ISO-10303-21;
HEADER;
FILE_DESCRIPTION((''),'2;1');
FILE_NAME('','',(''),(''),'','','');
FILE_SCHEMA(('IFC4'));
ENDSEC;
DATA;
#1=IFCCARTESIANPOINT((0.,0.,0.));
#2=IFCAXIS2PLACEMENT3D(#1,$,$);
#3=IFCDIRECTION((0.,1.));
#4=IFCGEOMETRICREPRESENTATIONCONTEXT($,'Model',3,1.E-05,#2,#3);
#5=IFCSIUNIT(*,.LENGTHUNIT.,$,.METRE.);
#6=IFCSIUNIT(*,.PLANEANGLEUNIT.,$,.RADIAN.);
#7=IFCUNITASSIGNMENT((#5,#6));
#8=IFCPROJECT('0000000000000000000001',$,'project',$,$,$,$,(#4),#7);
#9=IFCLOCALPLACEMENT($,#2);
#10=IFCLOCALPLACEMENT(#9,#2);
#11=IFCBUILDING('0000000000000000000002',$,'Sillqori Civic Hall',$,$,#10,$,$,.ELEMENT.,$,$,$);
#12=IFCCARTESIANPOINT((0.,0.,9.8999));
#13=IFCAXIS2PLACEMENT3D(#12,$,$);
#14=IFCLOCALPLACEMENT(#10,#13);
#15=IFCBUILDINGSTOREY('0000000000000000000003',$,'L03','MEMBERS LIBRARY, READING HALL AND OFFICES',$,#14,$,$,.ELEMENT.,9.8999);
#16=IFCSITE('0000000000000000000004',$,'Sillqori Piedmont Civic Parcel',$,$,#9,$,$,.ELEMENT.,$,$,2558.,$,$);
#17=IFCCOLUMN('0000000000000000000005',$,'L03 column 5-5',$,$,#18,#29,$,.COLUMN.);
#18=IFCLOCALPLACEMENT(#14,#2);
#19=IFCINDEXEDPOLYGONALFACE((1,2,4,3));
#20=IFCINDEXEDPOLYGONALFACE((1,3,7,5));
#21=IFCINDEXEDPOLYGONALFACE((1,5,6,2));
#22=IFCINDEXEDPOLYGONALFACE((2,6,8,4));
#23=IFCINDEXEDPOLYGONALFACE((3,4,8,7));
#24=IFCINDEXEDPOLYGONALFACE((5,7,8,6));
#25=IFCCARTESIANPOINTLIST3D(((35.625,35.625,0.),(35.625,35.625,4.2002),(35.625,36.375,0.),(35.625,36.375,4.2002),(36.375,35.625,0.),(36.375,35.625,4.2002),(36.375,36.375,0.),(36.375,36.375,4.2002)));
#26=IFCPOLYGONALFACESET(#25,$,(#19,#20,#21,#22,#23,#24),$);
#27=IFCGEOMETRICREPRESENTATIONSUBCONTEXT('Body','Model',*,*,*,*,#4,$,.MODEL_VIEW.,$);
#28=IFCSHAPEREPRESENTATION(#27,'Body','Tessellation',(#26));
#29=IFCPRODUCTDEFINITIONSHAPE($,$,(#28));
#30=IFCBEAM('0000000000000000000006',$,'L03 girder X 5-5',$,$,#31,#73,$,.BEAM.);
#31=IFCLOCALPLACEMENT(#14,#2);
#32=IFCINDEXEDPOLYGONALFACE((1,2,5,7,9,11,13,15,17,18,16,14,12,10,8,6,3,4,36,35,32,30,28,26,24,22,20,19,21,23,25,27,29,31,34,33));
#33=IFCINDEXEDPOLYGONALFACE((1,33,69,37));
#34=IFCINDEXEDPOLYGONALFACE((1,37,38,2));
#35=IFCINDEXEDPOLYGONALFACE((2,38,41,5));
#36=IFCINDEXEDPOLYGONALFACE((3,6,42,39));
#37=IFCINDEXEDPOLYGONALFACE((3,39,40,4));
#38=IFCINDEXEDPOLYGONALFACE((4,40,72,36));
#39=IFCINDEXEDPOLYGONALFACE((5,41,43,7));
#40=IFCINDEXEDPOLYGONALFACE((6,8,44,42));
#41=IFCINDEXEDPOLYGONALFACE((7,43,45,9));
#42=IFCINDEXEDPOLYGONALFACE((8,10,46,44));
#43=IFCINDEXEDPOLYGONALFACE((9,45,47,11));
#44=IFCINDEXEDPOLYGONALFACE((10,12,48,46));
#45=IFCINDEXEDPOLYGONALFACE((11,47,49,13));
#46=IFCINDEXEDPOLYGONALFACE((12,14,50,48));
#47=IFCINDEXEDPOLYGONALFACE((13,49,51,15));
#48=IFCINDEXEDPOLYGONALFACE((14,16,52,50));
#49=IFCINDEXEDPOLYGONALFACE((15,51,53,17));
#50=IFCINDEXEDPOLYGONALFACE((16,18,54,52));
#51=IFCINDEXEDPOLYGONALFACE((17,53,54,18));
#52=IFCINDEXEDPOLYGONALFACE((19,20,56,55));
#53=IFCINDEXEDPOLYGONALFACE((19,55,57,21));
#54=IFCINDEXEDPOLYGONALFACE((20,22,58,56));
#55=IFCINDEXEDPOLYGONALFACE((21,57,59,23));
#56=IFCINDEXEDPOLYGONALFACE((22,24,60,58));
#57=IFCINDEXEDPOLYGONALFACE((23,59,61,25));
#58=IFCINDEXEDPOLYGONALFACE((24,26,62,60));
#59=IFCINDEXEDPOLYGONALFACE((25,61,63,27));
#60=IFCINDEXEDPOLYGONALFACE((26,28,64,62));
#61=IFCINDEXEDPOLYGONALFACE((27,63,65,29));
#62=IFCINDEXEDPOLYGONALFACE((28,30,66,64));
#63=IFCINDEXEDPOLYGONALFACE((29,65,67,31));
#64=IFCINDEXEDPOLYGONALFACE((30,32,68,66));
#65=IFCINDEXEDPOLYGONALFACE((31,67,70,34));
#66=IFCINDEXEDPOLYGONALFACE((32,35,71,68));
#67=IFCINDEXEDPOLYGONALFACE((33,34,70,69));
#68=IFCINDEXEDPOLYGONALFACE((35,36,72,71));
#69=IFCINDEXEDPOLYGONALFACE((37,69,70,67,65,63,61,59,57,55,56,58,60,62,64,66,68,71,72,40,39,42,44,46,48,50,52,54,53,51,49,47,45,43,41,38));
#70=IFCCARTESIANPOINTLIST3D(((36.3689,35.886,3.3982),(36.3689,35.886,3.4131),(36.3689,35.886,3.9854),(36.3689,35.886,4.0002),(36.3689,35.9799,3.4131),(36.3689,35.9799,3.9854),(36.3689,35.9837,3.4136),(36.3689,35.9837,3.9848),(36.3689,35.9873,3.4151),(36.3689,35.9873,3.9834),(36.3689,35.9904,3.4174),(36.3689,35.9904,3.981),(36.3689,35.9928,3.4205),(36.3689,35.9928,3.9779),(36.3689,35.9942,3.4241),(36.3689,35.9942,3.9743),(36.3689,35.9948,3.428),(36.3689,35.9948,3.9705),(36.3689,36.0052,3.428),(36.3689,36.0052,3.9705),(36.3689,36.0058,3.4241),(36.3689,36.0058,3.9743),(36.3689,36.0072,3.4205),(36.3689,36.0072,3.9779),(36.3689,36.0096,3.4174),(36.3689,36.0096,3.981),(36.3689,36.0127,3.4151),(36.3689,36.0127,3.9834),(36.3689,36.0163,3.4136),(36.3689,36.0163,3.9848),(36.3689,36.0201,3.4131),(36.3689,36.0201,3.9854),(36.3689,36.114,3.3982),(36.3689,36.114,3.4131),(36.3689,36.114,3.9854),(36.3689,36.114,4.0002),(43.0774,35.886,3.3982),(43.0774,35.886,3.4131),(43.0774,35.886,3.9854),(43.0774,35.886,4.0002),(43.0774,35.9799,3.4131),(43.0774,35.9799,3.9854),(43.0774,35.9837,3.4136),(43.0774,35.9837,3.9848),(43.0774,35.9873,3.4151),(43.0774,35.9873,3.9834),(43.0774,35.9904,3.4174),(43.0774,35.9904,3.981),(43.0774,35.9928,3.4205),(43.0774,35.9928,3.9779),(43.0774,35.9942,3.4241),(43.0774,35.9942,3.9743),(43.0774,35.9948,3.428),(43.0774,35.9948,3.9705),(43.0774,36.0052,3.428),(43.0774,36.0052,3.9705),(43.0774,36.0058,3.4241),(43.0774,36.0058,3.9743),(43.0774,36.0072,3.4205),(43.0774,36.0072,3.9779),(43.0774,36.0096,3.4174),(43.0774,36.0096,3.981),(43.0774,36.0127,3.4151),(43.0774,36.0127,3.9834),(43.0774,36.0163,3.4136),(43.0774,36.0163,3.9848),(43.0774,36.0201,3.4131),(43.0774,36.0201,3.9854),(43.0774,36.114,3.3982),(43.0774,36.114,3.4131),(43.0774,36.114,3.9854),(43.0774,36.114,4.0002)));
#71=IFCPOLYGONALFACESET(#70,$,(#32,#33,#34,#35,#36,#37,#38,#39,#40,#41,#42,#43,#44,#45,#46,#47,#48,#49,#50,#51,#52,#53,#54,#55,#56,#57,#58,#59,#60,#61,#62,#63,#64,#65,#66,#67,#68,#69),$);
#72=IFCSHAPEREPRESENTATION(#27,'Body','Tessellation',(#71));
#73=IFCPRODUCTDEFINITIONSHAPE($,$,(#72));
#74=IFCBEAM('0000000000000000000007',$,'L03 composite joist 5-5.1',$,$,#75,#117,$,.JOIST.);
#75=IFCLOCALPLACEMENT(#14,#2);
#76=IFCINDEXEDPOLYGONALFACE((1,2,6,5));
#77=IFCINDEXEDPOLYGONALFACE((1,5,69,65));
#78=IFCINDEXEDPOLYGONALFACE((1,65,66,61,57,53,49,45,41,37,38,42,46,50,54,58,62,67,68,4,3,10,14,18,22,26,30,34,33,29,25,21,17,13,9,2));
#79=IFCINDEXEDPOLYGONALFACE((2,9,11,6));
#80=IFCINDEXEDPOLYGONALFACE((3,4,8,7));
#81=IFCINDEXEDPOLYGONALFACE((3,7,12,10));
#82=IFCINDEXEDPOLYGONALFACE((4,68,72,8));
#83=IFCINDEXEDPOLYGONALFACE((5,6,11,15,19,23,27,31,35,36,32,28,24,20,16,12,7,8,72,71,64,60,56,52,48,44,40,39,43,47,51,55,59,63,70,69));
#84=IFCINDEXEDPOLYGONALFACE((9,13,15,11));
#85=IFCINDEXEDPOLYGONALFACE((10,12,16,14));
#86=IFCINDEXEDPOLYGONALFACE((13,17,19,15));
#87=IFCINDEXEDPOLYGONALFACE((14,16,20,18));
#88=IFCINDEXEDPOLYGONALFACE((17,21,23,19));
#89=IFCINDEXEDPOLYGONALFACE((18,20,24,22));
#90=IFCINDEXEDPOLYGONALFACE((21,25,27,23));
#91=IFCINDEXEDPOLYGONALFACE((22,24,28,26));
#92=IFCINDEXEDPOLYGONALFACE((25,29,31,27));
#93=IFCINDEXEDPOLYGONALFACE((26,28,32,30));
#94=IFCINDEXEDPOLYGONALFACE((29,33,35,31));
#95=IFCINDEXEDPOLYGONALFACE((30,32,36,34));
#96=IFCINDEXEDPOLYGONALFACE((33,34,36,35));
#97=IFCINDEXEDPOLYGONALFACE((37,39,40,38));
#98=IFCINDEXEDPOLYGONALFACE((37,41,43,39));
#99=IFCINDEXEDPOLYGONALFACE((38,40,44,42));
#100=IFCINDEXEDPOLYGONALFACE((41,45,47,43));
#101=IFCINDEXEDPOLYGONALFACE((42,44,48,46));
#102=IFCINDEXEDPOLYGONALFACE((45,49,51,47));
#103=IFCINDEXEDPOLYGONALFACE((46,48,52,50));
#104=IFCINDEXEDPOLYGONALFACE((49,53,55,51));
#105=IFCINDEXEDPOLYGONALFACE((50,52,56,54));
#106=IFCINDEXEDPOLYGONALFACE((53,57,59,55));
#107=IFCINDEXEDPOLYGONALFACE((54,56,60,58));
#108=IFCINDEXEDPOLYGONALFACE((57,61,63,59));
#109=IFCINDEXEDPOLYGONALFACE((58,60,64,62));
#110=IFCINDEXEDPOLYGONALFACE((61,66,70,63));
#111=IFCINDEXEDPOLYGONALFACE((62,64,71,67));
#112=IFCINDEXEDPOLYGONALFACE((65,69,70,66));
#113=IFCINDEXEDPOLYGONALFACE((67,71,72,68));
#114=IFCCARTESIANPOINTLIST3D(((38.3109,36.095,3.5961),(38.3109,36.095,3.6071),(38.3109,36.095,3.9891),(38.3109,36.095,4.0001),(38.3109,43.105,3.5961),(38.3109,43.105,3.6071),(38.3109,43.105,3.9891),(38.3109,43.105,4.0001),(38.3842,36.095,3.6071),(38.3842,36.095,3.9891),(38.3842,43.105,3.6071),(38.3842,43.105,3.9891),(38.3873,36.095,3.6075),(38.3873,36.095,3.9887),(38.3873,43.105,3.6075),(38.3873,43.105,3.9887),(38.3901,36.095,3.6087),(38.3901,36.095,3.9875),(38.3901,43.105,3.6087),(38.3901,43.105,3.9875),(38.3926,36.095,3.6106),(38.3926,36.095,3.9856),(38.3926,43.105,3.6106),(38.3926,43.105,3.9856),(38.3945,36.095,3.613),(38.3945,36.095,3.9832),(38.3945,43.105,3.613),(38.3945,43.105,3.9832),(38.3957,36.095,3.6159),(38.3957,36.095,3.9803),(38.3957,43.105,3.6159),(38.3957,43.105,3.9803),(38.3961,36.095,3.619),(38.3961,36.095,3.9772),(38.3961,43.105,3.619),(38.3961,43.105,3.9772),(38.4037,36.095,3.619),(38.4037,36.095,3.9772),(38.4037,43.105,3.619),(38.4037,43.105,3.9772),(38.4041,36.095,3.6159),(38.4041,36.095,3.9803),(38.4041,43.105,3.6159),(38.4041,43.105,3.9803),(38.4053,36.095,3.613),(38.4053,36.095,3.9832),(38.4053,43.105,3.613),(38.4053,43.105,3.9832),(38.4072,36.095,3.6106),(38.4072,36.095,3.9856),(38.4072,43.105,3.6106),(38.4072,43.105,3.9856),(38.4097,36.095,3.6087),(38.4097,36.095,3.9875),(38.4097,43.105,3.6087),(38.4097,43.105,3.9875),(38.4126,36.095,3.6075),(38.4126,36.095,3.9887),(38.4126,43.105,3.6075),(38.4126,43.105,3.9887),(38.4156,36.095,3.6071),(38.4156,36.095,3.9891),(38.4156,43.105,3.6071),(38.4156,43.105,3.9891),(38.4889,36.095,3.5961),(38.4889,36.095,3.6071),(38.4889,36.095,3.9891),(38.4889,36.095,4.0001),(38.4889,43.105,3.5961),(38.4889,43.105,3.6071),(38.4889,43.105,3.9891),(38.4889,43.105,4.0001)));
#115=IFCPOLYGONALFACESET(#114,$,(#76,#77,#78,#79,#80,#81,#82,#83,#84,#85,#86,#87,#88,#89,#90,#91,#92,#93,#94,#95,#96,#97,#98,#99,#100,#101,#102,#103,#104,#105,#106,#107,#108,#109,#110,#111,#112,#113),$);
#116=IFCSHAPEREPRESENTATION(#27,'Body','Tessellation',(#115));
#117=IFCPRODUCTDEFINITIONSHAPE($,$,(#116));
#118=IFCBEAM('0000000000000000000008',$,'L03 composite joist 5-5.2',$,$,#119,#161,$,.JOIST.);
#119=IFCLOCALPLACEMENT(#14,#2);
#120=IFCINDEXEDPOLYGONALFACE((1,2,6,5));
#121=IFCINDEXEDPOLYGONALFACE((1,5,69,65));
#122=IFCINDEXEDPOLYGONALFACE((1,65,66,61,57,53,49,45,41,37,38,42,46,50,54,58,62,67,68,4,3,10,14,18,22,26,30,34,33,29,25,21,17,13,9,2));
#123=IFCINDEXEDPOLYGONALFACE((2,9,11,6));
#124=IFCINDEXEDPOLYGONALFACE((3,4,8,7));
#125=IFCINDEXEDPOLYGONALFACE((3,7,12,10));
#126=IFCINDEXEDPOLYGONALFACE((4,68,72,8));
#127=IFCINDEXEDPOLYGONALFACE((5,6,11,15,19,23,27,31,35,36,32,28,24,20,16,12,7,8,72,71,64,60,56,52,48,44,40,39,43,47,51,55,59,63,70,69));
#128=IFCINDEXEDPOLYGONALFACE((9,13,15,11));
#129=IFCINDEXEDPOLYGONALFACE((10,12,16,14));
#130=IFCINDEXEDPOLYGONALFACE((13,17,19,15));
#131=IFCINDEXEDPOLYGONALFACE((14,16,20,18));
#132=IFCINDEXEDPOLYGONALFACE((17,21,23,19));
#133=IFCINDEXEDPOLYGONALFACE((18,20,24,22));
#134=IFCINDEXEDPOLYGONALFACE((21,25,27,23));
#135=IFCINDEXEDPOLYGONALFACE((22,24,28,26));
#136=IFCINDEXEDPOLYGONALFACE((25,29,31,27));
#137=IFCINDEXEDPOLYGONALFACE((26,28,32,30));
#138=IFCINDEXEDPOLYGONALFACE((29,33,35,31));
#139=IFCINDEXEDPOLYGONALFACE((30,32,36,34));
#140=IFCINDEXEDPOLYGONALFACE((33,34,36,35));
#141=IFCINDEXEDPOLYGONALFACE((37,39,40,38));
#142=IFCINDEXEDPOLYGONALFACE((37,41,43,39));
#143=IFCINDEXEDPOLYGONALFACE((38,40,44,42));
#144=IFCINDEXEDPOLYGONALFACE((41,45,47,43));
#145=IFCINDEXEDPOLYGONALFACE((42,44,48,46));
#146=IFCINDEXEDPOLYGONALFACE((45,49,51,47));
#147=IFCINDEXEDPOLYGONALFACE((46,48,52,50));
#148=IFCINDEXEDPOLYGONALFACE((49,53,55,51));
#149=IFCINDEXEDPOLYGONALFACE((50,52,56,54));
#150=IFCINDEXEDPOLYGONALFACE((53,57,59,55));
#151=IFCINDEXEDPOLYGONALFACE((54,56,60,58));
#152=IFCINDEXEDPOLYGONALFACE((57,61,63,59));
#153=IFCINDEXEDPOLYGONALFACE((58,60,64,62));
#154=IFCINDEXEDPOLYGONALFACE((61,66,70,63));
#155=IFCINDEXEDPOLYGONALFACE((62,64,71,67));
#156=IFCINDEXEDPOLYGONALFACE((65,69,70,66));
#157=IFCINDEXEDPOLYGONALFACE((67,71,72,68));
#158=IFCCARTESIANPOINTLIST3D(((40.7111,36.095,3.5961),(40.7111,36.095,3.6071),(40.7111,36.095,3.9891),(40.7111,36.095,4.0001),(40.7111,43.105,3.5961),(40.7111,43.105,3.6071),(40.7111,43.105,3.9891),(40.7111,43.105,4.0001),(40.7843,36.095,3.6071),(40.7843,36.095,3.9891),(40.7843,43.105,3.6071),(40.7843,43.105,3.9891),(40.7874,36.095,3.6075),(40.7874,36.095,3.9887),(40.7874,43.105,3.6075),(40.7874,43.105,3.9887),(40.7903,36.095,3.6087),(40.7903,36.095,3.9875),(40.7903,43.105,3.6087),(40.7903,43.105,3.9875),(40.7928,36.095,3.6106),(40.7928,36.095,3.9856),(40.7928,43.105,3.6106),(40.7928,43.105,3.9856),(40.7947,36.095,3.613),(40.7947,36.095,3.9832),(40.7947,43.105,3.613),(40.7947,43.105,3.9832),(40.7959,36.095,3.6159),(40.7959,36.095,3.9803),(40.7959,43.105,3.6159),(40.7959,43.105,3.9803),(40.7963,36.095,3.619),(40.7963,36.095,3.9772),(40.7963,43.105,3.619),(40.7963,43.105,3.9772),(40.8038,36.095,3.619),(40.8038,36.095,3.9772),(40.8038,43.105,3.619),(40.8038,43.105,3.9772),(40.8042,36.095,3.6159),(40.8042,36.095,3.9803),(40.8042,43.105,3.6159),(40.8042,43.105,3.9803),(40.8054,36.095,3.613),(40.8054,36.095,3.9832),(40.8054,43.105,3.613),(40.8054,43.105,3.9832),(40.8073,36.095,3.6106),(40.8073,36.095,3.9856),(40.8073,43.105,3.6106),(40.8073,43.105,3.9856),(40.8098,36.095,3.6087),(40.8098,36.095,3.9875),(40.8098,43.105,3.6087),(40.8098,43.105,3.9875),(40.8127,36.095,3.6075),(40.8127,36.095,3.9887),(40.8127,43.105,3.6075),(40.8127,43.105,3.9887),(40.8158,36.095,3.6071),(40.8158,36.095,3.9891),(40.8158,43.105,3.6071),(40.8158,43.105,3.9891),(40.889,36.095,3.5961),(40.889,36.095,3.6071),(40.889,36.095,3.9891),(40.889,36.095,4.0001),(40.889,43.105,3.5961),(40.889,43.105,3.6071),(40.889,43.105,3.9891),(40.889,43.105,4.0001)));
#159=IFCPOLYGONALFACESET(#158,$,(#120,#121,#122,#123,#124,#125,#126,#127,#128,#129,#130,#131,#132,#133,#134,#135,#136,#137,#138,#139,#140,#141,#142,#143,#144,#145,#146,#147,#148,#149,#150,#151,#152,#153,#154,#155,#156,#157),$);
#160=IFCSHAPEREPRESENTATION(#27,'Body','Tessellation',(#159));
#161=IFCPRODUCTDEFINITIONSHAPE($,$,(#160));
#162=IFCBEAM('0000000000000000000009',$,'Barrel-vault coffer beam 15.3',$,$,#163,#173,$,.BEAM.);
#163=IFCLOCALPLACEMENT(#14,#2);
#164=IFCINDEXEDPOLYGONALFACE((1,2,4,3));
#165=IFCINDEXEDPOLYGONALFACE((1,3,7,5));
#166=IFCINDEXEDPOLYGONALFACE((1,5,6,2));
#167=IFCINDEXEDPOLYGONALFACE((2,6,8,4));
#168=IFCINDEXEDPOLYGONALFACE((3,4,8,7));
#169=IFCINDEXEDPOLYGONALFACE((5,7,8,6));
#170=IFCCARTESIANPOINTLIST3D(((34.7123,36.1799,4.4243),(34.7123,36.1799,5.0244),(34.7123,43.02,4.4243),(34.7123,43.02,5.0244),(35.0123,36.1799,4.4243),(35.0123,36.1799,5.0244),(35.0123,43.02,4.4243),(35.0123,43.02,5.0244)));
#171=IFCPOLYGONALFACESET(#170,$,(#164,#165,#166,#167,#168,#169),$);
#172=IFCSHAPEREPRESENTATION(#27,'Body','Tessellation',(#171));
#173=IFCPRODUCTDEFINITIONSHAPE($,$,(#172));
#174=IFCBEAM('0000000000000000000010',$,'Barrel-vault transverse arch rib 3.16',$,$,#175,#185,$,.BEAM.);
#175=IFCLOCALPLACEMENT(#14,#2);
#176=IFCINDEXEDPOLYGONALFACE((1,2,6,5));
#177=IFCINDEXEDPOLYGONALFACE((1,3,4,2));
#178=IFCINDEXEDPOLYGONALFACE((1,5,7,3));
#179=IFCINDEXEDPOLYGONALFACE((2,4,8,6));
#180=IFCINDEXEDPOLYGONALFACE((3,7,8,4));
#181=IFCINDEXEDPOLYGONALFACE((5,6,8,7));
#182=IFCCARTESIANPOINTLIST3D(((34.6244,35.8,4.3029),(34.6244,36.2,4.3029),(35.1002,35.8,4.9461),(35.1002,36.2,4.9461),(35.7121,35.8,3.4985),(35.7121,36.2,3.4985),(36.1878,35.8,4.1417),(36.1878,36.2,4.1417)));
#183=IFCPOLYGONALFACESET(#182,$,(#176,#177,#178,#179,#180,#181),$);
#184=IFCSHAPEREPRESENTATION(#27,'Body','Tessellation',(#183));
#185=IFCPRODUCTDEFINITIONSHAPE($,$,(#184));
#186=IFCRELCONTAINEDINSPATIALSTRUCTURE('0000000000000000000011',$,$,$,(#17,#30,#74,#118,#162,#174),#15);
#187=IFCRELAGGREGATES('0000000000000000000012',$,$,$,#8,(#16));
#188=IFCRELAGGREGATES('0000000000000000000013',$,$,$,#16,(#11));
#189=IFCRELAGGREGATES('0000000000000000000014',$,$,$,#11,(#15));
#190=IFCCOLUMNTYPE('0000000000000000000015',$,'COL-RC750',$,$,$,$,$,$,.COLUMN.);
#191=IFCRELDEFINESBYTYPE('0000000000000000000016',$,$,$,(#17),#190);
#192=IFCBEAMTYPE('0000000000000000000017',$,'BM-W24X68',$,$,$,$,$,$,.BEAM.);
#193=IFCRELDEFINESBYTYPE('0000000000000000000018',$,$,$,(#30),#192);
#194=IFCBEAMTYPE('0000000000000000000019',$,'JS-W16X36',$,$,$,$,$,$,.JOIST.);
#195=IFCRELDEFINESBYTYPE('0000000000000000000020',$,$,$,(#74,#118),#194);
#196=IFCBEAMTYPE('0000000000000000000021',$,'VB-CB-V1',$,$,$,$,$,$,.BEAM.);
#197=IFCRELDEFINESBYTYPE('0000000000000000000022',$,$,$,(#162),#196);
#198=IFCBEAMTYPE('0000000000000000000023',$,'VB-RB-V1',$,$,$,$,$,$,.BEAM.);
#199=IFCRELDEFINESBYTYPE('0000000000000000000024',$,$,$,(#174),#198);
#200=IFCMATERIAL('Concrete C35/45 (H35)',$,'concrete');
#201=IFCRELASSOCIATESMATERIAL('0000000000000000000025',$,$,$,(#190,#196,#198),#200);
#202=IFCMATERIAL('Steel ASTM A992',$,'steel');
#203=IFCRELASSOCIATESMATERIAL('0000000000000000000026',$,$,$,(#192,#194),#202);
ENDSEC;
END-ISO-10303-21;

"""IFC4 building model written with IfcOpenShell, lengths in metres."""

from ifc_helpers import new_model, si_unit, direction, frame, origin, origin_2d, place, context, subcontext, project, spatial, rectangle, i_section, extrude, material, material_profile, profile_set, type_object, element, save


model = new_model("IFC4")

# Units and contexts
model_context = context("Model", 3, precision=1e-05, world=origin(), true_north=direction((0.0, 1.0)))
body_context = subcontext(model_context, "Body", "Model", "MODEL_VIEW")
ifc_project = project(units=[si_unit("LENGTHUNIT", "METRE"), si_unit("PLANEANGLEUNIT", "RADIAN")], contexts=[model_context])

# Site, building, storey
site_placement = place(None, origin())
site = spatial("IfcSite", under=ifc_project, at=site_placement, Name="Sillqori Piedmont Civic Parcel", CompositionType="ELEMENT", RefElevation=2558.0)
building_placement = place(site_placement, origin())
building = spatial("IfcBuilding", under=site, at=building_placement, Name="Sillqori Civic Hall", CompositionType="ELEMENT")
storey_placement = place(building_placement, frame((0.0, 0.0, 9.8999)))
storey = spatial("IfcBuildingStorey", under=building, at=storey_placement, Name="L03", Description="MEMBERS LIBRARY, READING HALL AND OFFICES", CompositionType="ELEMENT", Elevation=9.8999)

# Column
ifc_material_1 = material(Name="Concrete C35/45 (H35)", Category="concrete")
ifc_material_profile_1 = material_profile(ifc_material_1, rectangle(XDim=0.75, YDim=0.75, at=origin_2d()), Name="RC 750x750")
ifc_profile_set_1 = profile_set([ifc_material_profile_1], Name="Concrete C35/45 (H35)")
column_type = type_object("IfcColumnType", Name="COL-RC750", PredefinedType="COLUMN", material=ifc_profile_set_1)
column_placement = place(storey_placement, frame((36.0, 36.0, 0.0), z_axis=(0.0, 0.0, 1.0), x_axis=(1.0, 0.0, 0.0)))
element("IfcColumn", 1, at=column_placement, inside=storey, type_object=column_type, Name="L03 column 5-5", PredefinedType="COLUMN", context=body_context, shape_type="SweptSolid", body=[
    extrude(rectangle(XDim=0.75, YDim=0.75, at=origin_2d()), origin(), (0.0, 0.0, 1.0), 4.2002),
])

# Beams
ifc_material_2 = material(Name="Steel ASTM A992", Category="steel")
ifc_material_profile_2 = material_profile(ifc_material_2, i_section(OverallWidth=0.228, OverallDepth=0.6021, WebThickness=0.0105, FlangeThickness=0.0149, FilletRadius=0.0149, at=origin_2d()), Name="W24X68")
ifc_profile_set_2 = profile_set([ifc_material_profile_2], Name="Steel ASTM A992")
beam_type_1 = type_object("IfcBeamType", Name="BM-W24X68", PredefinedType="BEAM", material=ifc_profile_set_2)
beam_1_placement = place(storey_placement, frame((36.3689, 36.0, 3.6992), z_axis=(1.0, 0.0, 0.0), x_axis=(0.0, 1.0, 0.0)))
element("IfcBeam", 2, at=beam_1_placement, inside=storey, type_object=beam_type_1, Name="L03 girder X 5-5", PredefinedType="BEAM", context=body_context, shape_type="SweptSolid", body=[
    extrude(i_section(OverallWidth=0.228, OverallDepth=0.6021, WebThickness=0.0105, FlangeThickness=0.0149, FilletRadius=0.0149, at=origin_2d()), origin(), (0.0, 0.0, 1.0), 6.7085),
])
ifc_material_profile_3 = material_profile(ifc_material_2, i_section(OverallWidth=0.178, OverallDepth=0.4041, WebThickness=0.0076, FlangeThickness=0.011, FilletRadius=0.012, at=origin_2d()), Name="W16X36")
ifc_profile_set_3 = profile_set([ifc_material_profile_3], Name="Steel ASTM A992")
beam_type_2 = type_object("IfcBeamType", Name="JS-W16X36", PredefinedType="JOIST", material=ifc_profile_set_3)
for number, where, z_axis, x_axis, name in (
    (3, (38.3999, 36.095, 3.7981), (0.0, 1.0, 0.0), (-1.0, 0.0, 0.0), "L03 composite joist 5-5.1"),
    (4, (40.8, 36.095, 3.7981), (0.0, 1.0, 0.0), (-1.0, 0.0, 0.0), "L03 composite joist 5-5.2"),
):
    element("IfcBeam", number, at=place(storey_placement, frame(where, z_axis=z_axis, x_axis=x_axis)), inside=storey, type_object=beam_type_2, Name=name, PredefinedType="JOIST", context=body_context, shape_type="SweptSolid", body=[
        extrude(i_section(OverallWidth=0.178, OverallDepth=0.4041, WebThickness=0.0076, FlangeThickness=0.011, FilletRadius=0.012, at=origin_2d()), origin(), (0.0, 0.0, 1.0), 7.01),
    ])
ifc_material_profile_4 = material_profile(ifc_material_1, rectangle(XDim=0.3, YDim=0.6001, at=origin_2d()), Name="RC 300x600")
ifc_profile_set_4 = profile_set([ifc_material_profile_4], Name="Concrete C35/45 (H35)")
beam_type_3 = type_object("IfcBeamType", Name="VB-CB-V1", PredefinedType="BEAM", material=ifc_profile_set_4)
beam_2_placement = place(storey_placement, frame((34.8623, 36.1799, 4.7244), z_axis=(0.0, 1.0, 0.0), x_axis=(-1.0, 0.0, 0.0)))
element("IfcBeam", 5, at=beam_2_placement, inside=storey, type_object=beam_type_3, Name="Barrel-vault coffer beam 15.3", PredefinedType="BEAM", context=body_context, shape_type="SweptSolid", body=[
    extrude(rectangle(XDim=0.3, YDim=0.6001, at=origin_2d()), origin(), (0.0, 0.0, 1.0), 6.8401),
])
ifc_material_profile_5 = material_profile(ifc_material_1, rectangle(XDim=0.3999, YDim=0.8, at=origin_2d()), Name="RC 400x800")
ifc_profile_set_5 = profile_set([ifc_material_profile_5], Name="Concrete C35/45 (H35)")
beam_type_4 = type_object("IfcBeamType", Name="VB-RB-V1", PredefinedType="BEAM", material=ifc_profile_set_5)
beam_3_placement = place(storey_placement, frame((34.8623, 36.0, 4.6245), z_axis=(0.803989, 0.0, -0.594645), x_axis=(0.0, 1.0, 0.0)))
element("IfcBeam", 6, at=beam_3_placement, inside=storey, type_object=beam_type_4, Name="Barrel-vault transverse arch rib 3.16", PredefinedType="BEAM", context=body_context, shape_type="SweptSolid", body=[
    extrude(rectangle(XDim=0.3999, YDim=0.8, at=origin_2d()), origin(), (0.0, 0.0, 1.0), 1.3528),
])

save(model, "model.ifc")
